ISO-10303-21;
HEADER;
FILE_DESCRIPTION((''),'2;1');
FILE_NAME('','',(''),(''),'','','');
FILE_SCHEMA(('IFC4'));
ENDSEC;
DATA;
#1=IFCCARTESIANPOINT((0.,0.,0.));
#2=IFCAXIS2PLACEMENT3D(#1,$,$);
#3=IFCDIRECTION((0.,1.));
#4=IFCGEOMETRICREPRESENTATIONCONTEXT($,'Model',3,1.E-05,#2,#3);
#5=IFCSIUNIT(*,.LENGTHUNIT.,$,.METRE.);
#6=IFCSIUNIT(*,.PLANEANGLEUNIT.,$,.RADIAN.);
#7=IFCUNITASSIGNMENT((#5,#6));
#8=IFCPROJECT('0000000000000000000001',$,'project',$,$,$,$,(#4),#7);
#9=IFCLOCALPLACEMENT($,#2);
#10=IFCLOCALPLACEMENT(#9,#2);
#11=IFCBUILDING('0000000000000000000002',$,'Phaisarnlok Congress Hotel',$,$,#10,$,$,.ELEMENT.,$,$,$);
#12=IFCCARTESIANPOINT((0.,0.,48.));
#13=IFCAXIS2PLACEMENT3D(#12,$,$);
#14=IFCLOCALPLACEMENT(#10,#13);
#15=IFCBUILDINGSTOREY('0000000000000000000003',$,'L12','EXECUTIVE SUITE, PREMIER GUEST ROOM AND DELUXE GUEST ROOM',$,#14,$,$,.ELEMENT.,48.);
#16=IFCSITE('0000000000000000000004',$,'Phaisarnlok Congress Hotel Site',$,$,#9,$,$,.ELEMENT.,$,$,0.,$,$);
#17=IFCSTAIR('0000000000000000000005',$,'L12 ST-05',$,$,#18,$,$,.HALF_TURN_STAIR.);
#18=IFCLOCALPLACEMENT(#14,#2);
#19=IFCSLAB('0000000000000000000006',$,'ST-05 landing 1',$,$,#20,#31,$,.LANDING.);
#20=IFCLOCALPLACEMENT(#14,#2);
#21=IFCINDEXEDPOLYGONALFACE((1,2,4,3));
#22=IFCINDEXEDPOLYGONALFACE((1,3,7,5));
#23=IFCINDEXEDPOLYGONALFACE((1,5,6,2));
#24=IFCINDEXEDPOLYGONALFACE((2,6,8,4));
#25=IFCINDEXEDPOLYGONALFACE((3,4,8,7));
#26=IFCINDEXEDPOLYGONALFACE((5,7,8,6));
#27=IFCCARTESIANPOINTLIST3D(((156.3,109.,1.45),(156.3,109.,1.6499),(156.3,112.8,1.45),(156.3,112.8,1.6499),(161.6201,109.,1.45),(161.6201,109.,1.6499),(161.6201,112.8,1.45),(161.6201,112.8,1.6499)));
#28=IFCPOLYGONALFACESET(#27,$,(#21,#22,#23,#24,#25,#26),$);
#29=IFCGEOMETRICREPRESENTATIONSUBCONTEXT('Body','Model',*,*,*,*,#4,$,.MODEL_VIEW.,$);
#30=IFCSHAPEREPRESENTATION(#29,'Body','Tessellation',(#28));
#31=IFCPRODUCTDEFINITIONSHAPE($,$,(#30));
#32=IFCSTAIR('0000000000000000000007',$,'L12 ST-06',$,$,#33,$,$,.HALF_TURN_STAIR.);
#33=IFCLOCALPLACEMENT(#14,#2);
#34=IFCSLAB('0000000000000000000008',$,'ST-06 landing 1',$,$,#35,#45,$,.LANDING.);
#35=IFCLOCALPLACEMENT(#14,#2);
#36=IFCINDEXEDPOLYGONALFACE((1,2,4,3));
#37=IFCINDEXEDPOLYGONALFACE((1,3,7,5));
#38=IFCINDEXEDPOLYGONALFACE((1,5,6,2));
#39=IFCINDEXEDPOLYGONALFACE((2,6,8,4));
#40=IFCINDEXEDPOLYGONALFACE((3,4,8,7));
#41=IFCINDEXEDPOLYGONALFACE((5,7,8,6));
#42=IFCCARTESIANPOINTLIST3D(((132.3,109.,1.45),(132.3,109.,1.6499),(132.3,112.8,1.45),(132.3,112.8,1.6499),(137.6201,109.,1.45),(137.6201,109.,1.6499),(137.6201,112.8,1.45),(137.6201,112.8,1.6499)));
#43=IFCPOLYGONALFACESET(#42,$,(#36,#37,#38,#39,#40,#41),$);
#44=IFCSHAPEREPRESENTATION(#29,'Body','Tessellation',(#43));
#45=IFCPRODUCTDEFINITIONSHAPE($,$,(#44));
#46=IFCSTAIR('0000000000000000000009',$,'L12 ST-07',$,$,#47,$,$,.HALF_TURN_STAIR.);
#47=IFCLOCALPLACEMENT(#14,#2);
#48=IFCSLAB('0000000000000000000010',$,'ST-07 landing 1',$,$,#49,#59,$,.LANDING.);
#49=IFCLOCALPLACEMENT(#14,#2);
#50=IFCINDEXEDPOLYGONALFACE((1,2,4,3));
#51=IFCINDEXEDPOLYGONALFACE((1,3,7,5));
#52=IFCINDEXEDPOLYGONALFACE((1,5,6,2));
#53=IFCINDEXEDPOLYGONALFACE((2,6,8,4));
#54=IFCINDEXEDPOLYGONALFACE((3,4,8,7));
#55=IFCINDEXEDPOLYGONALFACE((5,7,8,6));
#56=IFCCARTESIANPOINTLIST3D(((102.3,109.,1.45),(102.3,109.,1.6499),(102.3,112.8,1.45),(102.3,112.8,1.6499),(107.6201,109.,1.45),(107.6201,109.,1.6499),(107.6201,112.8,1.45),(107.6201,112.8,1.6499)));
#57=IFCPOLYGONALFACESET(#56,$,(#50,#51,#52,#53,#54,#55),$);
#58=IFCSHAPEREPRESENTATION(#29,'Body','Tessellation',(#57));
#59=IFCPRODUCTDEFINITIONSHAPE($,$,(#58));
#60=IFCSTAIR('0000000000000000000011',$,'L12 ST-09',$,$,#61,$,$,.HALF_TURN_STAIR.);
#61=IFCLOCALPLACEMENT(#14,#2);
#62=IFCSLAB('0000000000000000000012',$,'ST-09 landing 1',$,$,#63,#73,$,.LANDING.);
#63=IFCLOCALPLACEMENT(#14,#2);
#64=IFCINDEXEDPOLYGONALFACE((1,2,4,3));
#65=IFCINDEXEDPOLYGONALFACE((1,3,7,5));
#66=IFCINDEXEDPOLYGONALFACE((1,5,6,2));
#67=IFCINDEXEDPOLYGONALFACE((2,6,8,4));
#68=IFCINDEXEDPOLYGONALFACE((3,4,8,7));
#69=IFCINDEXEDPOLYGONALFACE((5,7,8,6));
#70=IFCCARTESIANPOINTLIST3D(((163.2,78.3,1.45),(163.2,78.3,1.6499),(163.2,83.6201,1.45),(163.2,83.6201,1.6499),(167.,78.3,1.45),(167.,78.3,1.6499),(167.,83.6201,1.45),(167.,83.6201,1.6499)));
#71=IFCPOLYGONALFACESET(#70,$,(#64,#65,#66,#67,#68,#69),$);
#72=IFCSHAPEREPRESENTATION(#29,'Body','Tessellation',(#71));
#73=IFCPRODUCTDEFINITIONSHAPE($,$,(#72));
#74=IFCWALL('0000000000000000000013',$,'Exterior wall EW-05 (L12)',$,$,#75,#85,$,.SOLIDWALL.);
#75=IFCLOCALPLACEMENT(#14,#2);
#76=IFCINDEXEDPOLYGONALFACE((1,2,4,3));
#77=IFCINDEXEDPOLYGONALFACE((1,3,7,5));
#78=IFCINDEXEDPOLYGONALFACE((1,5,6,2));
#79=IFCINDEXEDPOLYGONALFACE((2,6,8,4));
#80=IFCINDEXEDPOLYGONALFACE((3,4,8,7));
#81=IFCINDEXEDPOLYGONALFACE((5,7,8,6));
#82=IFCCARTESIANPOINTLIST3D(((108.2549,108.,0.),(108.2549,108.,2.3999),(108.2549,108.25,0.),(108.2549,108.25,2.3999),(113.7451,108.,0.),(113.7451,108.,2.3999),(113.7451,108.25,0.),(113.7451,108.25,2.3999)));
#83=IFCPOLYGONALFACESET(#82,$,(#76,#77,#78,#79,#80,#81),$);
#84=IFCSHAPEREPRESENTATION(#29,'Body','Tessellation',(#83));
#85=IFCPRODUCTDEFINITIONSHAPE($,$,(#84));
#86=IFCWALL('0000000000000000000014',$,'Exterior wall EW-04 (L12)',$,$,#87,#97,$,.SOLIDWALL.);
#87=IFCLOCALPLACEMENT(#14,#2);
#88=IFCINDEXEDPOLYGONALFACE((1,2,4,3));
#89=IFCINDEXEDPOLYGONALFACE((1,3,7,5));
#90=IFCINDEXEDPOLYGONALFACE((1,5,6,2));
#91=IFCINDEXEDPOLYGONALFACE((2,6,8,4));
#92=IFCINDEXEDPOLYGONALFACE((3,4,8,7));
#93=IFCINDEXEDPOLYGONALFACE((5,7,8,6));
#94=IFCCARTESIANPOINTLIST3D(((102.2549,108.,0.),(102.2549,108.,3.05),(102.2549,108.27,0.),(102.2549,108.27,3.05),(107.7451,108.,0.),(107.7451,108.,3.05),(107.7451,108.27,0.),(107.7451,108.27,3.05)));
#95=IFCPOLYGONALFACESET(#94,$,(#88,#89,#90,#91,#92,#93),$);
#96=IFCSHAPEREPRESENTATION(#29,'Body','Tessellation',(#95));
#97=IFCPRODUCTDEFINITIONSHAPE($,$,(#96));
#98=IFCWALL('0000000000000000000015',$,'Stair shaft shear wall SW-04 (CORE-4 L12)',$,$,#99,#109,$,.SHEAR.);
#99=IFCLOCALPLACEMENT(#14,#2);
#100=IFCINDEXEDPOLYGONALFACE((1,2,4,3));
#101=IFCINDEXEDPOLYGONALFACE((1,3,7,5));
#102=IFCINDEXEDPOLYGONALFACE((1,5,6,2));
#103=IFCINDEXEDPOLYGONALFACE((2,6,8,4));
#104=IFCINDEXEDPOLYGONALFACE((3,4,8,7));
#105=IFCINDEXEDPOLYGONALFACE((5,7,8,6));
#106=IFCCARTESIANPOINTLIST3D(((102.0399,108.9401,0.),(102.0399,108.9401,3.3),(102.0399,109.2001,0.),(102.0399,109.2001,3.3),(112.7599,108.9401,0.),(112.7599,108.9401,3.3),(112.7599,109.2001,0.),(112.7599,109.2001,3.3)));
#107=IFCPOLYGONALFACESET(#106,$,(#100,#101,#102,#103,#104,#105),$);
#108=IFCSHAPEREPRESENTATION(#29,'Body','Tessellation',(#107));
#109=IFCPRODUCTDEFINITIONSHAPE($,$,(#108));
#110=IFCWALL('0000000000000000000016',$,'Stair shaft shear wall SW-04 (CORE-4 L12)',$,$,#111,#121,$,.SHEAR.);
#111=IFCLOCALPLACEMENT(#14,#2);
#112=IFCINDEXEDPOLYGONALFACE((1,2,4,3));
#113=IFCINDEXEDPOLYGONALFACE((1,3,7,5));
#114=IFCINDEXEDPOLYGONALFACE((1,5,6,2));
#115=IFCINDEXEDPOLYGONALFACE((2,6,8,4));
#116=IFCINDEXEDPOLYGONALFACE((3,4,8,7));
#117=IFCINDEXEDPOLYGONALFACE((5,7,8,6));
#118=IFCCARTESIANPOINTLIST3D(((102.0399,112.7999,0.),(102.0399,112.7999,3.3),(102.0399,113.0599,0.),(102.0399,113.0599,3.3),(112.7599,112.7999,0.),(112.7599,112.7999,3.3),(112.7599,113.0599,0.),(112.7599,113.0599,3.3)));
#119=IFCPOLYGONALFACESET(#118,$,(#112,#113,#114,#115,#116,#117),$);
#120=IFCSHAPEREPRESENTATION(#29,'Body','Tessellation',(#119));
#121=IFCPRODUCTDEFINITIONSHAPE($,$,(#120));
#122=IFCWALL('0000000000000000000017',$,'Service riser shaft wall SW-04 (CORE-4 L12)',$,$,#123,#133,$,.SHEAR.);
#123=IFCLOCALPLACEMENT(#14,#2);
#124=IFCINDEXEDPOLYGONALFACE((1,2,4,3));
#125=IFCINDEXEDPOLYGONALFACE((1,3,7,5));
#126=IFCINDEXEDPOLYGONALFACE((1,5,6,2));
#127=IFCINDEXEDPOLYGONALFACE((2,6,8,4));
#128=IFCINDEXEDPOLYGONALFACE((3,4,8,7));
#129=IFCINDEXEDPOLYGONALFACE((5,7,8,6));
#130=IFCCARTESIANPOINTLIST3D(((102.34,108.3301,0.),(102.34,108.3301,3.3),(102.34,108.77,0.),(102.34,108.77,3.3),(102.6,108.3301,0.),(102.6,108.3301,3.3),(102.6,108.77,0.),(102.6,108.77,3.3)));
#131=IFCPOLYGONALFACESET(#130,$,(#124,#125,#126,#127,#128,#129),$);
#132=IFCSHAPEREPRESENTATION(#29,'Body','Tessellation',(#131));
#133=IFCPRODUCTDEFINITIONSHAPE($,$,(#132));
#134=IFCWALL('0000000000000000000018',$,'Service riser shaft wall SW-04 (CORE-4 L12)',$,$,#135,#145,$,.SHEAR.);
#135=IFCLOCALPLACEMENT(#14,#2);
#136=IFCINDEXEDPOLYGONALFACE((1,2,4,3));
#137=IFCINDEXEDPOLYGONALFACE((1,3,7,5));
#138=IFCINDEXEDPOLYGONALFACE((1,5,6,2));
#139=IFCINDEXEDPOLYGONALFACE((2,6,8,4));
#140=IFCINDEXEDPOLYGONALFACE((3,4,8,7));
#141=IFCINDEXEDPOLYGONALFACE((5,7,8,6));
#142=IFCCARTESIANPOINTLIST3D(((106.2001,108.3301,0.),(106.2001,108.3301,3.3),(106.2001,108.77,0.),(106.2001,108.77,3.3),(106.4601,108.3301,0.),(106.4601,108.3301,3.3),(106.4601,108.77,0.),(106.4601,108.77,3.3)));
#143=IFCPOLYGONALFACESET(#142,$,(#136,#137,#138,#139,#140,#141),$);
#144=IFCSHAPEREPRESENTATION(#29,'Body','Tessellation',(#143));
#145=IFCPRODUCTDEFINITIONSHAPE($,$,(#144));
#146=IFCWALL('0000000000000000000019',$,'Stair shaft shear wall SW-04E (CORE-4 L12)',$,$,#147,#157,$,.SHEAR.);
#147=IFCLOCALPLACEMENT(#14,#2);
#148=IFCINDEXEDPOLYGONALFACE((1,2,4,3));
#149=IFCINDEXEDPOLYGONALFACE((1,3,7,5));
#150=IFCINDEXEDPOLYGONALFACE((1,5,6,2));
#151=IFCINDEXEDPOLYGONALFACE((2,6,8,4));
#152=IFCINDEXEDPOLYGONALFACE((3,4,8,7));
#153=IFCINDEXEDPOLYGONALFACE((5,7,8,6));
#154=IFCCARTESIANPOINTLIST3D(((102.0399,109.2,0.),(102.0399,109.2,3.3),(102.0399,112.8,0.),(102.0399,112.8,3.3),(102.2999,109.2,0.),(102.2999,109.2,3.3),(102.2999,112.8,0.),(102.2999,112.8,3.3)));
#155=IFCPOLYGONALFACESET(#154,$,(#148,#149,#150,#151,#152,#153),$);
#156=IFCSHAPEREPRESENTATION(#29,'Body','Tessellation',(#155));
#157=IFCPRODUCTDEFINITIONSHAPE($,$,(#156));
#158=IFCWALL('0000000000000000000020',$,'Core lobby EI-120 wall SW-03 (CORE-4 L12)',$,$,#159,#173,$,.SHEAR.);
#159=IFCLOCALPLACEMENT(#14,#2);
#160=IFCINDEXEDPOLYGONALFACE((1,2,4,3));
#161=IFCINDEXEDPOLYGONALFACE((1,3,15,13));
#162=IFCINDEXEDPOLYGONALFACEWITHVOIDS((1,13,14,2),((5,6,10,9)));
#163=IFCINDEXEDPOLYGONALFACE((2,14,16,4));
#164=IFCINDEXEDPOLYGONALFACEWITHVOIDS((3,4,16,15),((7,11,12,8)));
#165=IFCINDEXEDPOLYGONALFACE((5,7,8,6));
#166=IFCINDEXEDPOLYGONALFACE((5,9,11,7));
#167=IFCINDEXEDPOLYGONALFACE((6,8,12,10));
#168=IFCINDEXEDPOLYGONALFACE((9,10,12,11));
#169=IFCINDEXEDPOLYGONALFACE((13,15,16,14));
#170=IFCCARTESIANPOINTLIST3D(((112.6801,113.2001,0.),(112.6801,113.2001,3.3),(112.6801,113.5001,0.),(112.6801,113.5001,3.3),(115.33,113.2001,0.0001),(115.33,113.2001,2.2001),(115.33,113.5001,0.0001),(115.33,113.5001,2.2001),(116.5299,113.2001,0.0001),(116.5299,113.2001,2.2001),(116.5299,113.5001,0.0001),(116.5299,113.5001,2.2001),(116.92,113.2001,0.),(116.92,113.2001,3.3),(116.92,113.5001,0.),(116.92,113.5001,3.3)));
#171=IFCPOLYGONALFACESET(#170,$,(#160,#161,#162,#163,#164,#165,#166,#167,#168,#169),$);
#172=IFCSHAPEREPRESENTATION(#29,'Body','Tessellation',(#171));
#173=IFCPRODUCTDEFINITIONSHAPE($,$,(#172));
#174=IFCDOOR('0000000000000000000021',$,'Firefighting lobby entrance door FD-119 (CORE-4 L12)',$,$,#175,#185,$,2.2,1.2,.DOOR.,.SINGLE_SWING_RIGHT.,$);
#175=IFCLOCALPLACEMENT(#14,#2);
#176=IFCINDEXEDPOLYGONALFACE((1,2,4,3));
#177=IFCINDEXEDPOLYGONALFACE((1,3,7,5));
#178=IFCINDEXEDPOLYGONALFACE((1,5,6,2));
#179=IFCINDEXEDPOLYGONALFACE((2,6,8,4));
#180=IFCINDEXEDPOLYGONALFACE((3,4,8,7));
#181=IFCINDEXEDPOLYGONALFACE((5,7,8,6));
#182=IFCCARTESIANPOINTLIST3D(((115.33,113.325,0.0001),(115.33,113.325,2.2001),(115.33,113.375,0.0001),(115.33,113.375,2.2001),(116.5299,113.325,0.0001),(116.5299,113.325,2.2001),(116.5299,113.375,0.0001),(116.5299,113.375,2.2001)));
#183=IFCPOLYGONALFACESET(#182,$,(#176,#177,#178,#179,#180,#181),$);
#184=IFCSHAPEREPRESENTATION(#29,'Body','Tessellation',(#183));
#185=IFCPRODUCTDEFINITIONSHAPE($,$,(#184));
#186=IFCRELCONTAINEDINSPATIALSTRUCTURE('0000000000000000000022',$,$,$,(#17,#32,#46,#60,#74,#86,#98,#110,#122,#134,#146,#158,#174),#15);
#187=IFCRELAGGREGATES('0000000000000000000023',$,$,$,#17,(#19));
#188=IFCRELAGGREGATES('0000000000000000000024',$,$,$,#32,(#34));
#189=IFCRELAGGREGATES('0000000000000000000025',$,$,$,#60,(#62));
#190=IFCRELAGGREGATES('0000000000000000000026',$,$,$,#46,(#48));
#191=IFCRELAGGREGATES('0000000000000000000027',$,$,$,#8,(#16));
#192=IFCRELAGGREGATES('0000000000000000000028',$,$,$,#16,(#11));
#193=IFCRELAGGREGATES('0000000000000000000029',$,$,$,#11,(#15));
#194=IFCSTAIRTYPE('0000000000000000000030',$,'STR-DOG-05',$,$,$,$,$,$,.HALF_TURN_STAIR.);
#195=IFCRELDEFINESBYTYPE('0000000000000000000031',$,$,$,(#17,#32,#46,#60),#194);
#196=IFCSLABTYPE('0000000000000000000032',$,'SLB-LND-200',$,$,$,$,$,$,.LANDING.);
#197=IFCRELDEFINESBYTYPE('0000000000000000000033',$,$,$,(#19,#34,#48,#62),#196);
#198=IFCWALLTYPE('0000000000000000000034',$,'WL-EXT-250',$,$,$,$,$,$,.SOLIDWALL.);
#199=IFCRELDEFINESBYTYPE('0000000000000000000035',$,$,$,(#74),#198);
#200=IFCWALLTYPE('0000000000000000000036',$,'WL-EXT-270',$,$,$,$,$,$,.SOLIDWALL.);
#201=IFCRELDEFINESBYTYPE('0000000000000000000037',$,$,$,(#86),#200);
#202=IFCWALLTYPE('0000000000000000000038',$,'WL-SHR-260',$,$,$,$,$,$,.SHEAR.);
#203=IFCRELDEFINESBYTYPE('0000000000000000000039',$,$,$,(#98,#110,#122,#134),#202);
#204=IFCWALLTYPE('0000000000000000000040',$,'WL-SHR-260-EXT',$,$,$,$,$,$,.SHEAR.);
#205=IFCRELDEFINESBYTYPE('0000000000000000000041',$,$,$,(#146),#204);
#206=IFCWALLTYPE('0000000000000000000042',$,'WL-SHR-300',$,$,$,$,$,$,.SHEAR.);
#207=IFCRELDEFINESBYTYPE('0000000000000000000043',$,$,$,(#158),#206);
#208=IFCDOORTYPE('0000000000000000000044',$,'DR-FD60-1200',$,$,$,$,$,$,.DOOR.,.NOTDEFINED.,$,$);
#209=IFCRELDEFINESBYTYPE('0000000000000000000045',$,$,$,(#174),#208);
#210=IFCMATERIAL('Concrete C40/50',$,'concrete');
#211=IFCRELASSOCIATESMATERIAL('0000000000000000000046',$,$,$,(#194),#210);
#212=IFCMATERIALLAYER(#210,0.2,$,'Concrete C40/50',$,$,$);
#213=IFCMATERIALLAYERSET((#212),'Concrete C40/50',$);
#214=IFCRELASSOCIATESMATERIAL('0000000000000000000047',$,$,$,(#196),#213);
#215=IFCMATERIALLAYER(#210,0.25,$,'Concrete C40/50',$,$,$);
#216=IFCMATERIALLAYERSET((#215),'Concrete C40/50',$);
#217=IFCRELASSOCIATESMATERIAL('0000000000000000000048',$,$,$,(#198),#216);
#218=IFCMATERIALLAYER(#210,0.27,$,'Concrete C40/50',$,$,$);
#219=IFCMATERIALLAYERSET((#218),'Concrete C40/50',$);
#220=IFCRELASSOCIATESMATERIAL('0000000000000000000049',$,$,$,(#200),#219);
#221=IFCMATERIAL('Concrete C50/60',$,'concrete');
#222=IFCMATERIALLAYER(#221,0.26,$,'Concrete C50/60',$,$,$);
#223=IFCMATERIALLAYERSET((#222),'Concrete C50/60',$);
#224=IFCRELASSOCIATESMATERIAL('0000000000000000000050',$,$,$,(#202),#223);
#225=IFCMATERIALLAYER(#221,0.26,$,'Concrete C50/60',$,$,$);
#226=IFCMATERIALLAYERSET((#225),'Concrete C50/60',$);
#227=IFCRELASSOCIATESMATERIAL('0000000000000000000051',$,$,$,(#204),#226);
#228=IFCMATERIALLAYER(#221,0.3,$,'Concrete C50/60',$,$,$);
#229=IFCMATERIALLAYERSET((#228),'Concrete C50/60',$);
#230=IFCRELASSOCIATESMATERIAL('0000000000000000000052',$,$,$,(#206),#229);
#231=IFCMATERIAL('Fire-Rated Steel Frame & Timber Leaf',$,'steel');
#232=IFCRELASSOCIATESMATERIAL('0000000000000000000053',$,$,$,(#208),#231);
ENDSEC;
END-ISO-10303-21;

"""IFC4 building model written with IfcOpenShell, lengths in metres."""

from ifc_helpers import new_model, si_unit, direction, frame, frame_2d, origin, place, context, subcontext, project, spatial, polyline, rectangle, outline, extrude, material, layer, layer_set, type_object, element, fill, aggregate, save


model = new_model("IFC4")

# Units and contexts
model_context = context("Model", 3, precision=1e-05, world=origin(), true_north=direction((0.0, 1.0)))
body_context = subcontext(model_context, "Body", "Model", "MODEL_VIEW")
ifc_project = project(units=[si_unit("LENGTHUNIT", "METRE"), si_unit("PLANEANGLEUNIT", "RADIAN")], contexts=[model_context])

# Site, building, storey
site_placement = place(None, origin())
site = spatial("IfcSite", under=ifc_project, at=site_placement, Name="Phaisarnlok Congress Hotel Site", CompositionType="ELEMENT", RefElevation=0.0)
building_placement = place(site_placement, origin())
building = spatial("IfcBuilding", under=site, at=building_placement, Name="Phaisarnlok Congress Hotel", CompositionType="ELEMENT")
storey_placement = place(building_placement, frame((0.0, 0.0, 48.0)))
storey = spatial("IfcBuildingStorey", under=building, at=storey_placement, Name="L12", Description="EXECUTIVE SUITE, PREMIER GUEST ROOM AND DELUXE GUEST ROOM", CompositionType="ELEMENT", Elevation=48.0)

# Shared definitions
ifc_material_1 = material(Name="Concrete C50/60", Category="concrete")

# Shared definitions
ifc_material_2 = material(Name="Concrete C40/50", Category="concrete")

# Stairs, slabs
stair_type = type_object("IfcStairType", Name="STR-DOG-05", PredefinedType="HALF_TURN_STAIR", material=ifc_material_2)
stair_1_placement = place(storey_placement, origin())
stair_1 = element("IfcStair", 1, at=stair_1_placement, inside=storey, type_object=stair_type, Name="L12 ST-05", PredefinedType="HALF_TURN_STAIR")
ifc_layer_1 = layer(ifc_material_2, 0.2, Name="Concrete C40/50")
ifc_layer_set_1 = layer_set([ifc_layer_1], Name="Concrete C40/50")
slab_type_1 = type_object("IfcSlabType", Name="SLB-LND-200", PredefinedType="LANDING", material=ifc_layer_set_1)
slab_1_placement = place(storey_placement, frame((0.0, 0.0, 1.45)))
slab_1 = element("IfcSlab", 2, at=slab_1_placement, type_object=slab_type_1, Name="ST-05 landing 1", PredefinedType="LANDING", context=body_context, shape_type="SweptSolid", body=[
    extrude(outline(polyline([(161.6201, 112.8), (156.3, 112.8), (156.3, 109.0), (161.6201, 109.0), (161.6201, 112.8)])), origin(), (0.0, 0.0, 1.0), 0.2),
])
aggregate(stair_1, [slab_1])
stair_2_placement = place(storey_placement, origin())
stair_2 = element("IfcStair", 3, at=stair_2_placement, inside=storey, type_object=stair_type, Name="L12 ST-06", PredefinedType="HALF_TURN_STAIR")
slab_2_placement = place(storey_placement, frame((0.0, 0.0, 1.45)))
slab_2 = element("IfcSlab", 4, at=slab_2_placement, type_object=slab_type_1, Name="ST-06 landing 1", PredefinedType="LANDING", context=body_context, shape_type="SweptSolid", body=[
    extrude(outline(polyline([(137.6201, 112.8), (132.3, 112.8), (132.3, 109.0), (137.6201, 109.0), (137.6201, 112.8)])), origin(), (0.0, 0.0, 1.0), 0.2),
])
aggregate(stair_2, [slab_2])
stair_3_placement = place(storey_placement, origin())
stair_3 = element("IfcStair", 5, at=stair_3_placement, inside=storey, type_object=stair_type, Name="L12 ST-07", PredefinedType="HALF_TURN_STAIR")
slab_3_placement = place(storey_placement, frame((0.0, 0.0, 1.45)))
slab_3 = element("IfcSlab", 6, at=slab_3_placement, type_object=slab_type_1, Name="ST-07 landing 1", PredefinedType="LANDING", context=body_context, shape_type="SweptSolid", body=[
    extrude(outline(polyline([(107.6201, 112.8), (102.3, 112.8), (102.3, 109.0), (107.6201, 109.0), (107.6201, 112.8)])), origin(), (0.0, 0.0, 1.0), 0.2),
])
stair_4_placement = place(storey_placement, origin())
stair_4 = element("IfcStair", 7, at=stair_4_placement, inside=storey, type_object=stair_type, Name="L12 ST-09", PredefinedType="HALF_TURN_STAIR")
slab_4_placement = place(storey_placement, frame((0.0, 0.0, 1.45)))
slab_4 = element("IfcSlab", 8, at=slab_4_placement, type_object=slab_type_1, Name="ST-09 landing 1", PredefinedType="LANDING", context=body_context, shape_type="SweptSolid", body=[
    extrude(outline(polyline([(163.2, 83.6201), (163.2, 78.3), (167.0, 78.3), (167.0, 83.6201), (163.2, 83.6201)])), origin(), (0.0, 0.0, 1.0), 0.2),
])
aggregate(stair_4, [slab_4])

# Walls
ifc_layer_2 = layer(ifc_material_2, 0.25, Name="Concrete C40/50")
ifc_layer_set_2 = layer_set([ifc_layer_2], Name="Concrete C40/50")
wall_type_1 = type_object("IfcWallType", Name="WL-EXT-250", PredefinedType="SOLIDWALL", material=ifc_layer_set_2)
wall_1_placement = place(storey_placement, frame((108.2549, 108.125, 0.0), z_axis=(0.0, 0.0, 1.0), x_axis=(1.0, 0.0, 0.0)))
element("IfcWall", 9, at=wall_1_placement, inside=storey, type_object=wall_type_1, Name="Exterior wall EW-05 (L12)", PredefinedType="SOLIDWALL", context=body_context, shape_type="SweptSolid", body=[
    extrude(rectangle(XDim=5.4902, YDim=0.25, at=frame_2d((2.7451, 0.0))), origin(), (0.0, 0.0, 1.0), 2.3999),
])
ifc_layer_3 = layer(ifc_material_2, 0.27, Name="Concrete C40/50")
ifc_layer_set_3 = layer_set([ifc_layer_3], Name="Concrete C40/50")
wall_type_2 = type_object("IfcWallType", Name="WL-EXT-270", PredefinedType="SOLIDWALL", material=ifc_layer_set_3)
wall_2_placement = place(storey_placement, frame((102.2549, 108.135, 0.0), z_axis=(0.0, 0.0, 1.0), x_axis=(1.0, 0.0, 0.0)))
element("IfcWall", 10, at=wall_2_placement, inside=storey, type_object=wall_type_2, Name="Exterior wall EW-04 (L12)", PredefinedType="SOLIDWALL", context=body_context, shape_type="SweptSolid", body=[
    extrude(rectangle(XDim=5.4902, YDim=0.27, at=frame_2d((2.7451, 0.0))), origin(), (0.0, 0.0, 1.0), 3.05),
])
ifc_layer_4 = layer(ifc_material_1, 0.26, Name="Concrete C50/60")
ifc_layer_set_4 = layer_set([ifc_layer_4], Name="Concrete C50/60")
wall_type_3 = type_object("IfcWallType", Name="WL-SHR-260", PredefinedType="SHEAR", material=ifc_layer_set_4)
for number, where, z_axis, x_axis, name in (
    (11, (102.04, 109.0701, 0.0), (0.0, 0.0, 1.0), (1.0, 0.0, 0.0), "Stair shaft shear wall SW-04 (CORE-4 L12)"),
    (12, (102.04, 112.9299, 0.0), (0.0, 0.0, 1.0), (1.0, 0.0, 0.0), "Stair shaft shear wall SW-04 (CORE-4 L12)"),
):
    element("IfcWall", number, at=place(storey_placement, frame(where, z_axis=z_axis, x_axis=x_axis)), inside=storey, type_object=wall_type_3, Name=name, PredefinedType="SHEAR", context=body_context, shape_type="SweptSolid", body=[
        extrude(rectangle(XDim=10.72, YDim=0.26, at=frame_2d((5.3599, 0.0))), origin(), (0.0, 0.0, 1.0), 3.3),
    ])

# Shared definitions
ifc_material_3 = material(Name="Fire-Rated Steel Frame & Timber Leaf", Category="steel")

# Walls
for number, where, z_axis, x_axis, name in (
    (13, (102.47, 108.3301, 0.0), (0.0, 0.0, 1.0), (0.0, 1.0, 0.0), "Service riser shaft wall SW-04 (CORE-4 L12)"),
    (14, (106.3301, 108.3301, 0.0), (0.0, 0.0, 1.0), (0.0, 1.0, 0.0), "Service riser shaft wall SW-04 (CORE-4 L12)"),
):
    element("IfcWall", number, at=place(storey_placement, frame(where, z_axis=z_axis, x_axis=x_axis)), inside=storey, type_object=wall_type_3, Name=name, PredefinedType="SHEAR", context=body_context, shape_type="SweptSolid", body=[
        extrude(rectangle(XDim=0.4399, YDim=0.26, at=frame_2d((0.22, 0.0))), origin(), (0.0, 0.0, 1.0), 3.3),
    ])
ifc_layer_5 = layer(ifc_material_1, 0.26, Name="Concrete C50/60")
ifc_layer_set_5 = layer_set([ifc_layer_5], Name="Concrete C50/60")
wall_type_4 = type_object("IfcWallType", Name="WL-SHR-260-EXT", PredefinedType="SHEAR", material=ifc_layer_set_5)
wall_3_placement = place(storey_placement, frame((102.1699, 109.2, 0.0), z_axis=(0.0, 0.0, 1.0), x_axis=(0.0, 1.0, 0.0)))
element("IfcWall", 15, at=wall_3_placement, inside=storey, type_object=wall_type_4, Name="Stair shaft shear wall SW-04E (CORE-4 L12)", PredefinedType="SHEAR", context=body_context, shape_type="SweptSolid", body=[
    extrude(rectangle(XDim=3.6001, YDim=0.26, at=frame_2d((1.8, 0.0))), origin(), (0.0, 0.0, 1.0), 3.3),
])

# Wall, opening, door
ifc_layer_6 = layer(ifc_material_1, 0.3, Name="Concrete C50/60")
ifc_layer_set_6 = layer_set([ifc_layer_6], Name="Concrete C50/60")
wall_type_5 = type_object("IfcWallType", Name="WL-SHR-300", PredefinedType="SHEAR", material=ifc_layer_set_6)
wall_4_placement = place(storey_placement, frame((112.6799, 113.3501, 0.0), z_axis=(0.0, 0.0, 1.0), x_axis=(1.0, 0.0, 0.0)))
wall_4 = element("IfcWall", 16, at=wall_4_placement, inside=storey, type_object=wall_type_5, Name="Core lobby EI-120 wall SW-03 (CORE-4 L12)", PredefinedType="SHEAR", context=body_context, shape_type="SweptSolid", body=[
    extrude(rectangle(XDim=4.24, YDim=0.3, at=frame_2d((2.1201, 0.0))), origin(), (0.0, 0.0, 1.0), 3.3),
])
opening_1_placement = place(wall_4_placement, frame((2.6499, 0.0, 0.0)))
opening_1 = element("IfcOpeningElement", 17, at=opening_1_placement, cuts=wall_4, PredefinedType="OPENING", context=body_context, shape_type="SweptSolid", body=[
    extrude(rectangle(XDim=1.2, YDim=2.2, at=frame_2d((0.6001, 1.1001))), frame((0.0, 0.1602, 0.0), z_axis=(0.0, -1.0, 0.0), x_axis=(1.0, 0.0, 0.0)), (0.0, 0.0, 1.0), 0.3201),
])
door_type_1 = type_object("IfcDoorType", Name="DR-FD60-1200", OperationType="NOTDEFINED", PredefinedType="DOOR", material=ifc_material_3)
door_1_placement = place(opening_1_placement, origin())
door_1 = element("IfcDoor", 18, at=door_1_placement, inside=storey, type_object=door_type_1, Name="Firefighting lobby entrance door FD-119 (CORE-4 L12)", OperationType="SINGLE_SWING_RIGHT", OverallHeight=2.2, OverallWidth=1.2, PredefinedType="DOOR", context=body_context, shape_type="SweptSolid", body=[
    extrude(rectangle(XDim=1.2, YDim=2.2, at=frame_2d((0.6001, 1.1001))), frame((0.0, 0.0249, 0.0), z_axis=(0.0, -1.0, 0.0), x_axis=(1.0, 0.0, 0.0)), (0.0, 0.0, 1.0), 0.05),
])
fill(opening_1, door_1)

aggregate(stair_3, [slab_3])

save(model, "model.ifc")
